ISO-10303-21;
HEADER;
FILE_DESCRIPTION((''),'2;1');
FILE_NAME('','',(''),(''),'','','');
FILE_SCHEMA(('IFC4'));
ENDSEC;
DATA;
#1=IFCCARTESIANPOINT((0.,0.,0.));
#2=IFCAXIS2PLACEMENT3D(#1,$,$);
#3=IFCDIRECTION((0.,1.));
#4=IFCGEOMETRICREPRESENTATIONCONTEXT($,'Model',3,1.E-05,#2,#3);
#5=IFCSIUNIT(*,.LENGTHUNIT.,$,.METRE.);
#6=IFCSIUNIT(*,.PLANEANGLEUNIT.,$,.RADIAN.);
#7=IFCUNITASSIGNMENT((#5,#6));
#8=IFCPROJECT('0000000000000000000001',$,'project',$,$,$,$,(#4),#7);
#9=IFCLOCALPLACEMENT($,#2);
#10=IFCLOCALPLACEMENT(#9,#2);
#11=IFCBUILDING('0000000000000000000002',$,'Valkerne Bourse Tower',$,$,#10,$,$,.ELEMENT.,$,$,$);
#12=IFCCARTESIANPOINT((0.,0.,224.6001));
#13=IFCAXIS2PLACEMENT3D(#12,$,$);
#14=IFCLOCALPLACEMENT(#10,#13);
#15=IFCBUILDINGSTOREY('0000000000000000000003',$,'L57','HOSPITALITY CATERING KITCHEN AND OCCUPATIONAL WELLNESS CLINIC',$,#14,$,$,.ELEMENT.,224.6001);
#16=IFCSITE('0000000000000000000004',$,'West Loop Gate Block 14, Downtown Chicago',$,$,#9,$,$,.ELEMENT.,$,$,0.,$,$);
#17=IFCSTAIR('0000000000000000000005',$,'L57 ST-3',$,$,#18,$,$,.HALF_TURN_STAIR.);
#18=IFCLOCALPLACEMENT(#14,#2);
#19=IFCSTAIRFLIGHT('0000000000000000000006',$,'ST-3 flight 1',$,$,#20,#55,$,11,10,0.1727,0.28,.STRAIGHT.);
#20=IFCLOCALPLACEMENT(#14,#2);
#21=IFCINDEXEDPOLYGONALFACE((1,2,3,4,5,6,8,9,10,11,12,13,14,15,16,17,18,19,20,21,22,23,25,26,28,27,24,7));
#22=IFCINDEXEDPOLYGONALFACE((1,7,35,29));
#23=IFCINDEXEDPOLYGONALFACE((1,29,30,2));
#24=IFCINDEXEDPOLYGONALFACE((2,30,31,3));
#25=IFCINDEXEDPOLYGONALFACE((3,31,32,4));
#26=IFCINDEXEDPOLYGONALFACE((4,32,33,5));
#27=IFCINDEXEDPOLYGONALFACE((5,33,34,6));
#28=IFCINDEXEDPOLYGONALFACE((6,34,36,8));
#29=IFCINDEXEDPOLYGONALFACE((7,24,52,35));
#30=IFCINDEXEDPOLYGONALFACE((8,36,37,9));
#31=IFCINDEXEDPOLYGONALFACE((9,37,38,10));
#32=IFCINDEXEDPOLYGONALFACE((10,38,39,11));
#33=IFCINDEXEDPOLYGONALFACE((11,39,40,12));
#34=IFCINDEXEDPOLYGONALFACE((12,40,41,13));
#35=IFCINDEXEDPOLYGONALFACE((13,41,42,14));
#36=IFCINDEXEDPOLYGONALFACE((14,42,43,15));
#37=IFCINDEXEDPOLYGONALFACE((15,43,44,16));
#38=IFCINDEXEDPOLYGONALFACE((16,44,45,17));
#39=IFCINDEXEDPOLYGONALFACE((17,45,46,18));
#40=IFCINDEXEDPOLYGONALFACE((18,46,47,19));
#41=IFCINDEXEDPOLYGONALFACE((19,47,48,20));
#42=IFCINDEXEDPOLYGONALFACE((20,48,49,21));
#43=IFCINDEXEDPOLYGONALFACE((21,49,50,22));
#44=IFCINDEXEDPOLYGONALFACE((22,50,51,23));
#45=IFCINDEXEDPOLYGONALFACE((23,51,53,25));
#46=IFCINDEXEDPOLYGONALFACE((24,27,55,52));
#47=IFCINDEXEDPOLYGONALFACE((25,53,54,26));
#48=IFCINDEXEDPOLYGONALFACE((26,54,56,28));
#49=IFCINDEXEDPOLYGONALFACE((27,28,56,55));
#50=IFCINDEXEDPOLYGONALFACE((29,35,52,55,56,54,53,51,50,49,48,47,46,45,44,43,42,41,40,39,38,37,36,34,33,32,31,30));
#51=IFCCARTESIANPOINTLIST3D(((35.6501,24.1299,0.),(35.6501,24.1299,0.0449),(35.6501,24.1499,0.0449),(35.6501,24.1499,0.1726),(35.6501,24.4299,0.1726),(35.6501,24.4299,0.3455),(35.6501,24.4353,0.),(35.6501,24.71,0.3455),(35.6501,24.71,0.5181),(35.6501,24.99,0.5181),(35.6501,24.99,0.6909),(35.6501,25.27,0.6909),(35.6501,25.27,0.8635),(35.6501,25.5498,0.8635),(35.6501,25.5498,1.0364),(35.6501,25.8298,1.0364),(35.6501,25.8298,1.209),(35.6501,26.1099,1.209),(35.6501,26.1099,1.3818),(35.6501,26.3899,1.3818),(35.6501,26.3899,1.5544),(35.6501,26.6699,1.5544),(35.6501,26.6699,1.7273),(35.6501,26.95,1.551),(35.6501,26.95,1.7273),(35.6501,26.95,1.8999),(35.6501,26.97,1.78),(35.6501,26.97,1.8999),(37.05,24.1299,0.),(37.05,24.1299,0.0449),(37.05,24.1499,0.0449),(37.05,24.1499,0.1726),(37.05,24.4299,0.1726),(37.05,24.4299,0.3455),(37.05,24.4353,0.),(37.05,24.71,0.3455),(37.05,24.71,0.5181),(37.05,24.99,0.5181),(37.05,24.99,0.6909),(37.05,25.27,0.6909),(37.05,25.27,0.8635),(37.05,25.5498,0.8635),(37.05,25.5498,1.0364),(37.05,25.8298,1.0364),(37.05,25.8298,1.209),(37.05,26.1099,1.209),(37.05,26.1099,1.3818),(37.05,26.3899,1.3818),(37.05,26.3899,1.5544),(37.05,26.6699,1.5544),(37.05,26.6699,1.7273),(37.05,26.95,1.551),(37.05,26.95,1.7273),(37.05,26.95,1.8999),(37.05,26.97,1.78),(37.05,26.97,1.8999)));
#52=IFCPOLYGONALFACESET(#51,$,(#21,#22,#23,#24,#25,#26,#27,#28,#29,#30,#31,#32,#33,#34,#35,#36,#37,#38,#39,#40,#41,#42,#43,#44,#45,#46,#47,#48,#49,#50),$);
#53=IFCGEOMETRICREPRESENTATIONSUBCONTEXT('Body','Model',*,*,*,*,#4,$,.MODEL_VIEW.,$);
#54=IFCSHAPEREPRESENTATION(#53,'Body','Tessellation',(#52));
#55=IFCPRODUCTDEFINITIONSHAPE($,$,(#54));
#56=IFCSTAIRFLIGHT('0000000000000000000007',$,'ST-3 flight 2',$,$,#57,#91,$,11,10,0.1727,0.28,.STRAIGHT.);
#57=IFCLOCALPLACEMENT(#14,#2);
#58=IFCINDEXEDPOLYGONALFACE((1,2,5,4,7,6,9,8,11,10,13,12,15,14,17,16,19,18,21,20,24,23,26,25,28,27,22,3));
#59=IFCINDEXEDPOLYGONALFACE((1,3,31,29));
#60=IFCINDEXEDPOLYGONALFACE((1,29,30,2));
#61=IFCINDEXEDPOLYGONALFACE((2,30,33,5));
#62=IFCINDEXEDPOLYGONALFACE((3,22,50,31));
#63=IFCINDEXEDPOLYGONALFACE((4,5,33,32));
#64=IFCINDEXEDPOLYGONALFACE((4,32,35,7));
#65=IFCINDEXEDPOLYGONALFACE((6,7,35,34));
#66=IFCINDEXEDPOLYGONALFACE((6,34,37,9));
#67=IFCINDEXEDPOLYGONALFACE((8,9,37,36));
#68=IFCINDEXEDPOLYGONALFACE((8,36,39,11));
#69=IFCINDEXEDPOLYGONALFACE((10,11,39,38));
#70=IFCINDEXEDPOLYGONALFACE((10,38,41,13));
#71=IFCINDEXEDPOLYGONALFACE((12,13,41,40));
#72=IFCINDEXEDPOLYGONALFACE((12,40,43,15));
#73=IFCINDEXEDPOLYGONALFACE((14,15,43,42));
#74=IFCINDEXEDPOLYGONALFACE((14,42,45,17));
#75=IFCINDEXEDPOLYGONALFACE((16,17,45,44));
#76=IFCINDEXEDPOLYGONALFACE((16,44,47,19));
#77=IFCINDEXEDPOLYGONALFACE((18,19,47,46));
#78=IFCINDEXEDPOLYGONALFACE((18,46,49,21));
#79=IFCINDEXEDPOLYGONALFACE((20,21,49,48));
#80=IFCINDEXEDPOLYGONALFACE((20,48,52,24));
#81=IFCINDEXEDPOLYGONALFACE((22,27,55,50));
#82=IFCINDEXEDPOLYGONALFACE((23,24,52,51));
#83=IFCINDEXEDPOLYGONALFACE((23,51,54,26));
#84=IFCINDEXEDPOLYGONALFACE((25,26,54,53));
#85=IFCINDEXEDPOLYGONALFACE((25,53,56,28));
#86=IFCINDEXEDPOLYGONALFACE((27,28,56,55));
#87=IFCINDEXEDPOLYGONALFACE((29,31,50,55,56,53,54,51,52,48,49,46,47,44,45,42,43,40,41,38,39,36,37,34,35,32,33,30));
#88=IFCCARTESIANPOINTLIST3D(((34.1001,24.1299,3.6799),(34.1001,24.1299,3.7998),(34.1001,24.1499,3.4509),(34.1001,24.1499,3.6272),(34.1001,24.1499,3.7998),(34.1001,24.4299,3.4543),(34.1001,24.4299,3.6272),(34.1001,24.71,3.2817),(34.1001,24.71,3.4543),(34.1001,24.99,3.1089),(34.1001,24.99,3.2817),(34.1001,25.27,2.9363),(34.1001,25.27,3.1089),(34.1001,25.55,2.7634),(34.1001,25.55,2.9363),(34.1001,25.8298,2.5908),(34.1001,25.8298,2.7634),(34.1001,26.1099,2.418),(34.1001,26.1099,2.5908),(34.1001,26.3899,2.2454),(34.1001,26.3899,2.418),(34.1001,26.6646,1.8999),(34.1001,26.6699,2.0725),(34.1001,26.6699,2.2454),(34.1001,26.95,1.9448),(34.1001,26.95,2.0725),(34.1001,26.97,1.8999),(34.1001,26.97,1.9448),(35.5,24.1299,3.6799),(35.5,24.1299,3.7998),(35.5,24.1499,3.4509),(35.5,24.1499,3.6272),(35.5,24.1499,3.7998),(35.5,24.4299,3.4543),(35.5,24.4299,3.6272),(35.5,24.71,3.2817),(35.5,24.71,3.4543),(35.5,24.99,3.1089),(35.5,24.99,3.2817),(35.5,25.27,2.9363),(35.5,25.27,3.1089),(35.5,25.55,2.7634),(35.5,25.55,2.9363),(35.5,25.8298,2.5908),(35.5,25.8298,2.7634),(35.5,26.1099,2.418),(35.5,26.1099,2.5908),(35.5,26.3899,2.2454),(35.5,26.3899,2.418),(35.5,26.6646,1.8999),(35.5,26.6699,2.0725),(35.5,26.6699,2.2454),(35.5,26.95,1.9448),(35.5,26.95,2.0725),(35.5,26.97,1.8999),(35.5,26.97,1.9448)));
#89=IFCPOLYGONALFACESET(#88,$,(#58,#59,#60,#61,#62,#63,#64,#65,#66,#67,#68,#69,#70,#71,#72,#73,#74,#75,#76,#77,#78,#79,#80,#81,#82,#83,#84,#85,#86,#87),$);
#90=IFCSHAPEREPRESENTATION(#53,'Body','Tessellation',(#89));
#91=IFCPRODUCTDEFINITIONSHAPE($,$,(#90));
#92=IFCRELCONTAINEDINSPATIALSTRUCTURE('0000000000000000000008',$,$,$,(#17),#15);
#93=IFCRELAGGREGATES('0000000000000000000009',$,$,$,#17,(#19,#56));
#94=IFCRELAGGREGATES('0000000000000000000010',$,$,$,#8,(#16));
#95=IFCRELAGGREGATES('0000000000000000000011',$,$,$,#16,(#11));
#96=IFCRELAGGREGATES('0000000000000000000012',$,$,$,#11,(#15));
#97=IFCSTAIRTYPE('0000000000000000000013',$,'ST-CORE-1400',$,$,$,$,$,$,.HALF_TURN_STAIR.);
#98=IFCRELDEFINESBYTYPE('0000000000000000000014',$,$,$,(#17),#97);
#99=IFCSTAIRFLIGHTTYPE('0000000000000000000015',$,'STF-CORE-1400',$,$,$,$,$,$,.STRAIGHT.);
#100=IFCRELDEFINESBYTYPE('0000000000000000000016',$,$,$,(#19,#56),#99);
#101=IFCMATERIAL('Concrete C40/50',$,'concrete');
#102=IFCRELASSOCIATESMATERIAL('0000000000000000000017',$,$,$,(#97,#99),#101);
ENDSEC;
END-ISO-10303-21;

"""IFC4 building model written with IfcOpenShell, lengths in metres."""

from ifc_helpers import new_model, si_unit, direction, frame, origin, place, context, subcontext, project, spatial, polyline, outline, extrude, material, type_object, element, aggregate, save


model = new_model("IFC4")

# Units and contexts
model_context = context("Model", 3, precision=1e-05, world=origin(), true_north=direction((0.0, 1.0)))
body_context = subcontext(model_context, "Body", "Model", "MODEL_VIEW")
ifc_project = project(units=[si_unit("LENGTHUNIT", "METRE"), si_unit("PLANEANGLEUNIT", "RADIAN")], contexts=[model_context])

# Site, building, storey
site_placement = place(None, origin())
site = spatial("IfcSite", under=ifc_project, at=site_placement, Name="West Loop Gate Block 14, Downtown Chicago", CompositionType="ELEMENT", RefElevation=0.0)
building_placement = place(site_placement, origin())
building = spatial("IfcBuilding", under=site, at=building_placement, Name="Valkerne Bourse Tower", CompositionType="ELEMENT")
storey_placement = place(building_placement, frame((0.0, 0.0, 224.6001)))
storey = spatial("IfcBuildingStorey", under=building, at=storey_placement, Name="L57", Description="HOSPITALITY CATERING KITCHEN AND OCCUPATIONAL WELLNESS CLINIC", CompositionType="ELEMENT", Elevation=224.6001)

# Shared definitions
ifc_material_1 = material(Name="Concrete C40/50", Category="concrete")

# Stair, stair flights
stair_type = type_object("IfcStairType", Name="ST-CORE-1400", PredefinedType="HALF_TURN_STAIR", material=ifc_material_1)
stair_placement = place(storey_placement, origin())
stair = element("IfcStair", 1, at=stair_placement, inside=storey, type_object=stair_type, Name="L57 ST-3", PredefinedType="HALF_TURN_STAIR")
stair_flight_type = type_object("IfcStairFlightType", Name="STF-CORE-1400", PredefinedType="STRAIGHT", material=ifc_material_1)
stair_flight_1_placement = place(storey_placement, frame((36.3501, 24.1499, 0.0), z_axis=(0.0, 0.0, 1.0), x_axis=(0.0, 1.0, 0.0)))
stair_flight_1 = element("IfcStairFlight", 2, at=stair_flight_1_placement, type_object=stair_flight_type, Name="ST-3 flight 1", NumberOfRisers=11, NumberOfTreads=10, PredefinedType="STRAIGHT", RiserHeight=0.1727, TreadLength=0.28, context=body_context, shape_type="SweptSolid", body=[
    extrude(outline(polyline([(-0.02, 0.0), (-0.02, 0.0449), (0.0, 0.0449), (0.0, 0.1726), (0.28, 0.1726), (0.28, 0.3455), (0.5601, 0.3455), (0.5601, 0.5181), (0.8401, 0.5181), (0.8401, 0.6909), (1.1201, 0.6909), (1.1201, 0.8635), (1.3999, 0.8635), (1.3999, 1.0364), (1.6799, 1.0364), (1.6799, 1.209), (1.96, 1.209), (1.96, 1.3818), (2.24, 1.3818), (2.24, 1.5544), (2.52, 1.5544), (2.52, 1.7273), (2.8, 1.7273), (2.8, 1.8999), (2.8201, 1.8999), (2.8201, 1.78), (2.8, 1.551), (0.2854, 0.0), (-0.02, 0.0)])), frame((0.0, 0.7, 0.0), z_axis=(0.0, -1.0, 0.0), x_axis=(1.0, 0.0, 0.0)), (0.0, 0.0, 1.0), 1.3999),
])
stair_flight_2_placement = place(storey_placement, frame((34.8, 26.95, 1.8999), z_axis=(0.0, 0.0, 1.0), x_axis=(0.0, -1.0, 0.0)))
stair_flight_2 = element("IfcStairFlight", 3, at=stair_flight_2_placement, type_object=stair_flight_type, Name="ST-3 flight 2", NumberOfRisers=11, NumberOfTreads=10, PredefinedType="STRAIGHT", RiserHeight=0.1727, TreadLength=0.28, context=body_context, shape_type="SweptSolid", body=[
    extrude(outline(polyline([(-0.02, 0.0), (-0.02, 0.0449), (0.0, 0.0449), (0.0, 0.1726), (0.28, 0.1726), (0.28, 0.3455), (0.5601, 0.3455), (0.5601, 0.5181), (0.8401, 0.5181), (0.8401, 0.6909), (1.1201, 0.6909), (1.1201, 0.8635), (1.3999, 0.8635), (1.3999, 1.0364), (1.6799, 1.0364), (1.6799, 1.209), (1.96, 1.209), (1.96, 1.3818), (2.24, 1.3818), (2.24, 1.5544), (2.52, 1.5544), (2.52, 1.7273), (2.8, 1.7273), (2.8, 1.8999), (2.8201, 1.8999), (2.8201, 1.78), (2.8, 1.551), (0.2854, 0.0), (-0.02, 0.0)])), frame((0.0, 0.7, 0.0), z_axis=(0.0, -1.0, 0.0), x_axis=(1.0, 0.0, 0.0)), (0.0, 0.0, 1.0), 1.3999),
])
aggregate(stair, [stair_flight_1, stair_flight_2])

save(model, "model.ifc")
